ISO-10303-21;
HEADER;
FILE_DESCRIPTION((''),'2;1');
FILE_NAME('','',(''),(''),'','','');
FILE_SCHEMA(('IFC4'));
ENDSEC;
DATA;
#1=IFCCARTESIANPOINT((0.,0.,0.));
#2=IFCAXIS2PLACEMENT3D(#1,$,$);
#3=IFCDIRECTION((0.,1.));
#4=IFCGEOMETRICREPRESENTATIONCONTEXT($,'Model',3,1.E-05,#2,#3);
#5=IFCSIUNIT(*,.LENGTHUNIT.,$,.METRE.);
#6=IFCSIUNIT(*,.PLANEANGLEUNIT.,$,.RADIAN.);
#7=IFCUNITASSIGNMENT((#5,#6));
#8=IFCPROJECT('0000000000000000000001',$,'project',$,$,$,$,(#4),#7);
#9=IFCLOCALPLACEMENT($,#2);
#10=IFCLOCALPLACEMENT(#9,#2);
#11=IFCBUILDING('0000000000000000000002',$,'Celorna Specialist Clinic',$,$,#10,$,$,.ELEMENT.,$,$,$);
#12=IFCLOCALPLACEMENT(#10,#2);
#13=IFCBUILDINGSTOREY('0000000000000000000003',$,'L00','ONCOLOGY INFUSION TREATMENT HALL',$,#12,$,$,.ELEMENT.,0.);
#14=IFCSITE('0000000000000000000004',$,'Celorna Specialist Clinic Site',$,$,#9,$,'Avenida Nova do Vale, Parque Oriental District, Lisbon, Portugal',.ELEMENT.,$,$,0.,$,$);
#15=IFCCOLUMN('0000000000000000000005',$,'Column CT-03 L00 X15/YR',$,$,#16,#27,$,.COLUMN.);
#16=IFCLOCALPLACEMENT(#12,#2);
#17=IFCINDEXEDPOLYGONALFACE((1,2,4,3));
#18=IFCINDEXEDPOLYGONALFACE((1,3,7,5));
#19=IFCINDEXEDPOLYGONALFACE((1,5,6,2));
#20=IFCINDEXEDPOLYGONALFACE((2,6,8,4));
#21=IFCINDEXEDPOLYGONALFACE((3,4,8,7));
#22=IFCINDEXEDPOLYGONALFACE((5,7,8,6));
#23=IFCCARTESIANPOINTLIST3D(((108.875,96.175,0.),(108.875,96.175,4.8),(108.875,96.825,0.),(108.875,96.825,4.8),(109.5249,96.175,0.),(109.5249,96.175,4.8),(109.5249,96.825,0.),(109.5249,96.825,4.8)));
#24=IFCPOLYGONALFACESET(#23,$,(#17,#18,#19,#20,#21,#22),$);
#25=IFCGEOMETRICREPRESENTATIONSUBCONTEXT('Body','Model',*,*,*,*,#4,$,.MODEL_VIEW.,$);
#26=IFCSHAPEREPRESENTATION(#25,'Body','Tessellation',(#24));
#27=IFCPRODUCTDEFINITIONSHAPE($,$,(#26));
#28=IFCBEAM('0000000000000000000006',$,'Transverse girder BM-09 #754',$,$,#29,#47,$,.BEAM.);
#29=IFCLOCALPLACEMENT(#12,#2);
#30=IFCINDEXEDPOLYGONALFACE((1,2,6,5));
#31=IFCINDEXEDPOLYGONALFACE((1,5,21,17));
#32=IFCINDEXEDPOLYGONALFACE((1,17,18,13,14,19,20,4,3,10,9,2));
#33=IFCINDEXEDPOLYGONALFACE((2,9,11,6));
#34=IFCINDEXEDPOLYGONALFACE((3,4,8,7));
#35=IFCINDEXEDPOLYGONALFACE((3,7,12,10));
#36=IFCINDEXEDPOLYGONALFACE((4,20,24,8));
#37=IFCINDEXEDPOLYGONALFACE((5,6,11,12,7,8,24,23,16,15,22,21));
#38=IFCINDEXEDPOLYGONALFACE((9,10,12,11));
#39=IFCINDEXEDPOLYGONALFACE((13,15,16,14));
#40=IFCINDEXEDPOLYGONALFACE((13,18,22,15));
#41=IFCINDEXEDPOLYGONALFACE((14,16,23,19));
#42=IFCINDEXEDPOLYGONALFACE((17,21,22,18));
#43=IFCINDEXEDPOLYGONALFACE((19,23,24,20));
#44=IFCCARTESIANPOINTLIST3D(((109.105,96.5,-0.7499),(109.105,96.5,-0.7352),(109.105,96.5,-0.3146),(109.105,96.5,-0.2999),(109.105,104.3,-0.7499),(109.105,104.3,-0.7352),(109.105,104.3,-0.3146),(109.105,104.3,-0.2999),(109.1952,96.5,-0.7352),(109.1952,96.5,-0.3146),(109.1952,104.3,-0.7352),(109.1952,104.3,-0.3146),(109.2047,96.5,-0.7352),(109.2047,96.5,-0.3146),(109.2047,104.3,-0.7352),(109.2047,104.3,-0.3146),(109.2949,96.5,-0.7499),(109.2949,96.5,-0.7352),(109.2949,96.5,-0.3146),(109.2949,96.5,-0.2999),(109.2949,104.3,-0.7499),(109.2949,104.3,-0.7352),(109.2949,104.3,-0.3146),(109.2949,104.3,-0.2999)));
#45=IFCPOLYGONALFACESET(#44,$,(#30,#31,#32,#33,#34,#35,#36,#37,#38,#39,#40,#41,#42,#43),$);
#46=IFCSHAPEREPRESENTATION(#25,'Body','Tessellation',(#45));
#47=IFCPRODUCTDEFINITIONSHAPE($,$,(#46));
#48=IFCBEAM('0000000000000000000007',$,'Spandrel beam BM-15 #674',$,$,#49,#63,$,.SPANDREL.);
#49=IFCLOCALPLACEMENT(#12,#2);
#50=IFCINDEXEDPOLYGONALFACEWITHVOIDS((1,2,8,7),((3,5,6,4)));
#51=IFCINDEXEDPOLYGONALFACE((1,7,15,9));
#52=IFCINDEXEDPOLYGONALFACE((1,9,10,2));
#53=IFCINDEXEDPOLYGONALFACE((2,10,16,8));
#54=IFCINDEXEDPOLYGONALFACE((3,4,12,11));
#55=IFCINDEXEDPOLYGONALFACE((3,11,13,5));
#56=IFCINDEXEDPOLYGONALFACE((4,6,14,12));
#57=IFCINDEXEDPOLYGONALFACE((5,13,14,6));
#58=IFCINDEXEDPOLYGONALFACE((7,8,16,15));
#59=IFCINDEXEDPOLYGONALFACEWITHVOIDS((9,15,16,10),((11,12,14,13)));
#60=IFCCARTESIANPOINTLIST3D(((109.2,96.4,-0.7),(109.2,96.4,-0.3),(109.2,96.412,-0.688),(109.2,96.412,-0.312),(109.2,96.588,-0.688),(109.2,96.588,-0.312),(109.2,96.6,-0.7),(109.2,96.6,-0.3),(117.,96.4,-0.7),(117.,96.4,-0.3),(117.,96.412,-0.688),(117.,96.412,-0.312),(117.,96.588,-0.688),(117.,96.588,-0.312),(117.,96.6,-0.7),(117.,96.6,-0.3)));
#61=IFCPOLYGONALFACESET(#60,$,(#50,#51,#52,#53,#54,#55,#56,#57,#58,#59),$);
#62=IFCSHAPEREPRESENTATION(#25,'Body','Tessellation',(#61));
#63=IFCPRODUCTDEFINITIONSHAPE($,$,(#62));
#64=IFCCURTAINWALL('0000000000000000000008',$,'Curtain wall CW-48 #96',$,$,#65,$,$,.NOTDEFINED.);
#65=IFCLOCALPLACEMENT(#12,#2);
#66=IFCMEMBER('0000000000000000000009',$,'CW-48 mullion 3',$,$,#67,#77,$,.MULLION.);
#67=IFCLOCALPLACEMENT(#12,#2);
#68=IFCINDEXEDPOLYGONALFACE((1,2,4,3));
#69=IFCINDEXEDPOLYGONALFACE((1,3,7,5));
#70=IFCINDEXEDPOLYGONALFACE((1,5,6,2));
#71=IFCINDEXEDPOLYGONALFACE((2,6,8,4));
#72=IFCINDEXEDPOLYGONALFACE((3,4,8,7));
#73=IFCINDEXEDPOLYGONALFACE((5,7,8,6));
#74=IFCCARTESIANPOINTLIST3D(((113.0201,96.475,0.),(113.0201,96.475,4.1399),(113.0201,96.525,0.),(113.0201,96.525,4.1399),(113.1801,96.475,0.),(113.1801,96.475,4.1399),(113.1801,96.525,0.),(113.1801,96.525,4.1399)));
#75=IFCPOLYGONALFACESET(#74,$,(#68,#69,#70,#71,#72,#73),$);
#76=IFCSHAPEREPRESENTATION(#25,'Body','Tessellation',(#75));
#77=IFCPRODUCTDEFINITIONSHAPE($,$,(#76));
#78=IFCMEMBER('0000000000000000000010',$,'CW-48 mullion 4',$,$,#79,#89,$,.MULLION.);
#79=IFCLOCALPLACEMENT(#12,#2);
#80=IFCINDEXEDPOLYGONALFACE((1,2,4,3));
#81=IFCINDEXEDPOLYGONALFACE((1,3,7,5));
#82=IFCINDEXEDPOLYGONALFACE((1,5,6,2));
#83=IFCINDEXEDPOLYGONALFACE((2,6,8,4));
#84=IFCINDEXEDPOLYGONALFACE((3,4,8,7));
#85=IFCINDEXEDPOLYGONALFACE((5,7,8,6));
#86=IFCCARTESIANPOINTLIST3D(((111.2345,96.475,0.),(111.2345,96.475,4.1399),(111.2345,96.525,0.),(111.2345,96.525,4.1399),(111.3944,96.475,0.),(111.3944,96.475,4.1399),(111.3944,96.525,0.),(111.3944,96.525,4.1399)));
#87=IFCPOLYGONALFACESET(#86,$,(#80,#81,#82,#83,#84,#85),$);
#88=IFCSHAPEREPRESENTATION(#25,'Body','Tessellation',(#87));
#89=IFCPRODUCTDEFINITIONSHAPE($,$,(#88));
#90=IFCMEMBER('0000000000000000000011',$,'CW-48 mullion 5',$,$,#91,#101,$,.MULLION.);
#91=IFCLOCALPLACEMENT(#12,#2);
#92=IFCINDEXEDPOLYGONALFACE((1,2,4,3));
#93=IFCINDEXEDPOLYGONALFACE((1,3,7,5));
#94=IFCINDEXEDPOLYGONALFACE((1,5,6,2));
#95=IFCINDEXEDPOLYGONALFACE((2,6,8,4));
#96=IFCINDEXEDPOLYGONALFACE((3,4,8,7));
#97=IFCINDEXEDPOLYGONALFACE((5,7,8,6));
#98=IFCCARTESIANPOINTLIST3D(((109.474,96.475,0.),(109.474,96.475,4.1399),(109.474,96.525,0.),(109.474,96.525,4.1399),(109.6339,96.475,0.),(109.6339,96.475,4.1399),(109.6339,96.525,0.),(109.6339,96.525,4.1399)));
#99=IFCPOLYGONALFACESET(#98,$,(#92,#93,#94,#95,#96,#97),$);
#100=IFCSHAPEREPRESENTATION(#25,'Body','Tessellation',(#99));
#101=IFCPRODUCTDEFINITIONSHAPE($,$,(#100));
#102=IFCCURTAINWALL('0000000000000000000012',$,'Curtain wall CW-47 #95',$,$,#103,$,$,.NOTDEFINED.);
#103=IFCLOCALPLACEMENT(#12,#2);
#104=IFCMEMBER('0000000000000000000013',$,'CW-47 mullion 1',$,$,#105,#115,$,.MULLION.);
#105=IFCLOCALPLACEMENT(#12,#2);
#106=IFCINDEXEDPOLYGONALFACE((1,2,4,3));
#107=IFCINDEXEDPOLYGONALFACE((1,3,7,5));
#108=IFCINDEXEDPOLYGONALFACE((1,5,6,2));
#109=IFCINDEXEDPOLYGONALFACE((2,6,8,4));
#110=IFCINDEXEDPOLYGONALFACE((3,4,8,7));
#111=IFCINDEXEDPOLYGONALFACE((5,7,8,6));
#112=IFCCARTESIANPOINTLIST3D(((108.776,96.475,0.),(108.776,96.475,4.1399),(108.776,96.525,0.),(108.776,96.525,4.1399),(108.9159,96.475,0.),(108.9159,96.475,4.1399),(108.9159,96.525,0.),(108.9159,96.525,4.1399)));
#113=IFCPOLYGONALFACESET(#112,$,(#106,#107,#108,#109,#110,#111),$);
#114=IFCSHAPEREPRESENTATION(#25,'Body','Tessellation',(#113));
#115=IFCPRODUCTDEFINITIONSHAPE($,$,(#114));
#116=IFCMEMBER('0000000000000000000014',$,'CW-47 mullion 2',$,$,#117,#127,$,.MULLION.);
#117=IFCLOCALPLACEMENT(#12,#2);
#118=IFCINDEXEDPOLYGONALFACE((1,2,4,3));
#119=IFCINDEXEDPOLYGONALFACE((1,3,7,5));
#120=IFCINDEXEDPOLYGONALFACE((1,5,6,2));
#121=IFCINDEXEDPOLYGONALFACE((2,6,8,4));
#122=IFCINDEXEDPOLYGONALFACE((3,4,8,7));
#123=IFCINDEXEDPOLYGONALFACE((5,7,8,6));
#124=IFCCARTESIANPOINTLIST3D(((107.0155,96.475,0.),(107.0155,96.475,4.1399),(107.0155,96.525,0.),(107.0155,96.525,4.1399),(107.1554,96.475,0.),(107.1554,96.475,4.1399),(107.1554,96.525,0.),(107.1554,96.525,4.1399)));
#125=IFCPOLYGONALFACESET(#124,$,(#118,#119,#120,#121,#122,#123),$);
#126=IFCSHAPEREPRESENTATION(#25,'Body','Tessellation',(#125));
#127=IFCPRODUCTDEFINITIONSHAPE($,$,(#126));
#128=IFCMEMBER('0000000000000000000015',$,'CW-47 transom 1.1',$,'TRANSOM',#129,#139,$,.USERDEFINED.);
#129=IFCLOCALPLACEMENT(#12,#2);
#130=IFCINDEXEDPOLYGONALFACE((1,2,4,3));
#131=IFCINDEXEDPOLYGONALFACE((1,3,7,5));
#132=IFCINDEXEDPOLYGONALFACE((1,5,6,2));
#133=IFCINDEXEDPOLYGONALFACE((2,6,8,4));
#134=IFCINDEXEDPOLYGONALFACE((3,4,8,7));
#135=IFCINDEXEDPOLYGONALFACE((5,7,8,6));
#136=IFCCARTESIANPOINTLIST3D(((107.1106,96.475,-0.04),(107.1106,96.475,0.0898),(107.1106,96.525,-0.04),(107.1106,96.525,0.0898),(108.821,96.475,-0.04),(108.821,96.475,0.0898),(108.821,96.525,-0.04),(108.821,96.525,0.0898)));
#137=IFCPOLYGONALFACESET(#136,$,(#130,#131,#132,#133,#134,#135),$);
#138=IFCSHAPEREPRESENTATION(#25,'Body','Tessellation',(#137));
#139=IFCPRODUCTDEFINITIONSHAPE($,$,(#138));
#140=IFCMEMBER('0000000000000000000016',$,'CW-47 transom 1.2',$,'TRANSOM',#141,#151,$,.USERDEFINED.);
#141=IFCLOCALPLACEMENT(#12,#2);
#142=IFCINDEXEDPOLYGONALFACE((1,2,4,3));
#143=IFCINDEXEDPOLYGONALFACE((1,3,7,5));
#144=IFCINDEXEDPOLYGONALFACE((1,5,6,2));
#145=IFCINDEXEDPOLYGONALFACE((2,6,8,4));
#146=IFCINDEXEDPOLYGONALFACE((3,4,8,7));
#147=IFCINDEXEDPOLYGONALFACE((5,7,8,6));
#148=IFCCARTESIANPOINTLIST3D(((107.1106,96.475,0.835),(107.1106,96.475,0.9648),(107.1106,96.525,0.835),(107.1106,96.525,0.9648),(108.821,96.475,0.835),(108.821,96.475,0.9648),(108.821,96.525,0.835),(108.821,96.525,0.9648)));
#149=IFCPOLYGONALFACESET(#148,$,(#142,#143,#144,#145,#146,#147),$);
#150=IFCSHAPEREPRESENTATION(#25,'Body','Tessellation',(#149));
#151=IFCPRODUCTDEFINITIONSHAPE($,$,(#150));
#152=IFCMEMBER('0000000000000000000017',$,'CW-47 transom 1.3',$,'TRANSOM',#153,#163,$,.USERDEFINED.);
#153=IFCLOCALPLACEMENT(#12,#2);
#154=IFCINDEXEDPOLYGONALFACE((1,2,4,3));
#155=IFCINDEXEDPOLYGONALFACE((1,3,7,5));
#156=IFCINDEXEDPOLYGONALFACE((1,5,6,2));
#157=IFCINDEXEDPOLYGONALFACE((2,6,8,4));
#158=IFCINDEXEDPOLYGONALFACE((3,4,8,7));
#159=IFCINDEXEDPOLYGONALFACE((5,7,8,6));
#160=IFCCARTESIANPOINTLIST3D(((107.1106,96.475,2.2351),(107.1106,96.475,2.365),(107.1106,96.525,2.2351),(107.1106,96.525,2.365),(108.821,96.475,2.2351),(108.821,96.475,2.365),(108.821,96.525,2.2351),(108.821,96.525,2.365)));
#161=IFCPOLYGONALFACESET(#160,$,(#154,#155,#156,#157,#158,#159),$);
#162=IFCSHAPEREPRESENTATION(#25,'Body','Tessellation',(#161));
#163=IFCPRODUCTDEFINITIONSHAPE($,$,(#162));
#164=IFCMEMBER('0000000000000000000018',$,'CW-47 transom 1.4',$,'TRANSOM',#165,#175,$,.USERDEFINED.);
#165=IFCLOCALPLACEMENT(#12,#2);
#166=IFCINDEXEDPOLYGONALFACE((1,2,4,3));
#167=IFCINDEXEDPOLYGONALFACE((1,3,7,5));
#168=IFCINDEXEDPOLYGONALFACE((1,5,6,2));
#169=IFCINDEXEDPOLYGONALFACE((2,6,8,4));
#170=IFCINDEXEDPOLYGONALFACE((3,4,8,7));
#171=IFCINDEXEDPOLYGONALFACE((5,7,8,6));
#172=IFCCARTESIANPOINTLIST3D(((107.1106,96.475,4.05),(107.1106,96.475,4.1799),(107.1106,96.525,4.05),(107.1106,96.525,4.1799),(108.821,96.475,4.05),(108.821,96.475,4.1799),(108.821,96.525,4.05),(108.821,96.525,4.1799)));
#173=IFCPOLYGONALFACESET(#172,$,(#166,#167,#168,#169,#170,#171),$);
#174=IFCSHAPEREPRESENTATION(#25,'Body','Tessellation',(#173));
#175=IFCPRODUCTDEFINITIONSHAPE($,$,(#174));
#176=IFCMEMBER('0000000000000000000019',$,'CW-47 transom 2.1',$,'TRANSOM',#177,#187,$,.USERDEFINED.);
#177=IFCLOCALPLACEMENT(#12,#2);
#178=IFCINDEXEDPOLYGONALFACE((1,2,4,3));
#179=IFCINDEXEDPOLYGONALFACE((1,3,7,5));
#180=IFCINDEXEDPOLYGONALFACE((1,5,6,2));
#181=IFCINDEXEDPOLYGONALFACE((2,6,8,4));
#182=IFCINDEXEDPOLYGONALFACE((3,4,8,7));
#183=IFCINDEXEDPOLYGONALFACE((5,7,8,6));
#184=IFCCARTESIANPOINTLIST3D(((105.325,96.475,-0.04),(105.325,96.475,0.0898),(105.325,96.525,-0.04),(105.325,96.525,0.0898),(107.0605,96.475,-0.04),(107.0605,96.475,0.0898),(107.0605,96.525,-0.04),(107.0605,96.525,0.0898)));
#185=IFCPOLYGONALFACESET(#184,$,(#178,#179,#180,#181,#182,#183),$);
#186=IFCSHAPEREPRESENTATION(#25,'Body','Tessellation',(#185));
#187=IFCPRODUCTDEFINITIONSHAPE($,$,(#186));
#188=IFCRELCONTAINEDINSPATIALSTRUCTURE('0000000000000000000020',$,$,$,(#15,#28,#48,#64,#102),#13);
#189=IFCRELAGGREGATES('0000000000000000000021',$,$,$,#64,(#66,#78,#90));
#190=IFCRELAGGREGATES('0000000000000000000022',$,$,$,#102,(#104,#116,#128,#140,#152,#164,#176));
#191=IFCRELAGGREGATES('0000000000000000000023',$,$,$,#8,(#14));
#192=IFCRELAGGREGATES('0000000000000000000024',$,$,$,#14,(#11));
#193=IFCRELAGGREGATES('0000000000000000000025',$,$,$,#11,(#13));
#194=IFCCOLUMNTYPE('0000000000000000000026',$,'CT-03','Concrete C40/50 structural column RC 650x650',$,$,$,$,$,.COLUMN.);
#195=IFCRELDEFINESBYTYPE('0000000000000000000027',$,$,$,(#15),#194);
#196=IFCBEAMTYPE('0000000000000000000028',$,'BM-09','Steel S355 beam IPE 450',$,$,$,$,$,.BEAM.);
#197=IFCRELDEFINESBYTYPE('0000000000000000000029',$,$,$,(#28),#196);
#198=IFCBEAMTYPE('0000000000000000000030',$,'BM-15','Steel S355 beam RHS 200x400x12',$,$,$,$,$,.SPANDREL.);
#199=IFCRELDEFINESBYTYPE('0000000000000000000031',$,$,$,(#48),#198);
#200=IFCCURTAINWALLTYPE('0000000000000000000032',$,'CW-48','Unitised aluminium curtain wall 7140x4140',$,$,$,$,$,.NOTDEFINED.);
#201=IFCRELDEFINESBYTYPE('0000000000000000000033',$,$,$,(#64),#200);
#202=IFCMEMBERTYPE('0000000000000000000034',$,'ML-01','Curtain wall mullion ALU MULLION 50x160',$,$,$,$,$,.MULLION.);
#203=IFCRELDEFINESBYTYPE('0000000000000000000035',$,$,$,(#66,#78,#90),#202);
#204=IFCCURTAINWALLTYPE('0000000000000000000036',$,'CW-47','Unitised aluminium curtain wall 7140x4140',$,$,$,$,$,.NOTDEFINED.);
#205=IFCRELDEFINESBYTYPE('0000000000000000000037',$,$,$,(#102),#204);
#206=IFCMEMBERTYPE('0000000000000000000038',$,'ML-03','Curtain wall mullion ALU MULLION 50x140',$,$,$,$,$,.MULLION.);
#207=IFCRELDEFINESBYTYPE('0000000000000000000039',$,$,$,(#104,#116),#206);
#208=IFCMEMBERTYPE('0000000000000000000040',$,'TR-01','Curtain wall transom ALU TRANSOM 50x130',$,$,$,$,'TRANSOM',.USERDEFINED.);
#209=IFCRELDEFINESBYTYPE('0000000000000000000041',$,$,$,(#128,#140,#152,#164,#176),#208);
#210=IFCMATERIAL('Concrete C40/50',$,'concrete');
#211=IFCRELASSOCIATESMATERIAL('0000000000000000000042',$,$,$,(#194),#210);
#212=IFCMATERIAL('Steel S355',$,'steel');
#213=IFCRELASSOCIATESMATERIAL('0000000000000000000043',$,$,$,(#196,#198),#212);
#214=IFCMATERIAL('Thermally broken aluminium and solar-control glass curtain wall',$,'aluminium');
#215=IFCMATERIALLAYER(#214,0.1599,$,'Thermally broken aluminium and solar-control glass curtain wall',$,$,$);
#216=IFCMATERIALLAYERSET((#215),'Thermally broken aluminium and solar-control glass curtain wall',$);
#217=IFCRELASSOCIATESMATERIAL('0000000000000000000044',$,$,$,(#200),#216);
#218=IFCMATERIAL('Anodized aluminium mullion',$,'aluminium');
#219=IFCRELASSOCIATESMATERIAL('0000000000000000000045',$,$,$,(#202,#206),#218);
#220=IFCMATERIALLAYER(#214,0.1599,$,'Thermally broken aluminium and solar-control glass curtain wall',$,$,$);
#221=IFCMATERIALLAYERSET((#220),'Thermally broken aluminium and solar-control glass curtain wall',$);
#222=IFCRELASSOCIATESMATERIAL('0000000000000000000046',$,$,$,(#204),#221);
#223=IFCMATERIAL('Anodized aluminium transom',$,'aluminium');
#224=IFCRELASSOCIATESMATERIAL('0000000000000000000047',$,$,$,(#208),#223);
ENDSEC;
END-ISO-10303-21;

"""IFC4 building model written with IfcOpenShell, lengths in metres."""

from ifc_helpers import new_model, si_unit, direction, frame, origin, origin_2d, place, context, subcontext, project, spatial, rectangle, hollow_rectangle, i_section, extrude, material, layer, layer_set, material_profile, profile_set, type_object, element, aggregate, save


model = new_model("IFC4")

# Units and contexts
model_context = context("Model", 3, precision=1e-05, world=origin(), true_north=direction((0.0, 1.0)))
body_context = subcontext(model_context, "Body", "Model", "MODEL_VIEW")
ifc_project = project(units=[si_unit("LENGTHUNIT", "METRE"), si_unit("PLANEANGLEUNIT", "RADIAN")], contexts=[model_context])

# Site, building, storey
site_placement = place(None, origin())
site = spatial("IfcSite", under=ifc_project, at=site_placement, Name="Celorna Specialist Clinic Site", LongName="Avenida Nova do Vale, Parque Oriental District, Lisbon, Portugal", CompositionType="ELEMENT", RefElevation=0.0)
building_placement = place(site_placement, origin())
building = spatial("IfcBuilding", under=site, at=building_placement, Name="Celorna Specialist Clinic", CompositionType="ELEMENT")
storey_placement = place(building_placement, origin())
storey = spatial("IfcBuildingStorey", under=building, at=storey_placement, Name="L00", Description="ONCOLOGY INFUSION TREATMENT HALL", CompositionType="ELEMENT", Elevation=0.0)

# Column
ifc_material_1 = material(Name="Concrete C40/50", Category="concrete")
ifc_material_profile_1 = material_profile(ifc_material_1, rectangle(XDim=0.6499, YDim=0.6499, at=origin_2d()), Name="RC 650x650")
ifc_profile_set_1 = profile_set([ifc_material_profile_1], Name="Concrete C40/50")
column_type = type_object("IfcColumnType", Name="CT-03", Description="Concrete C40/50 structural column RC 650x650", PredefinedType="COLUMN", material=ifc_profile_set_1)
column_placement = place(storey_placement, frame((109.2, 96.5, 0.0), z_axis=(0.0, 0.0, 1.0), x_axis=(1.0, 0.0, 0.0)))
element("IfcColumn", 1, at=column_placement, inside=storey, type_object=column_type, Name="Column CT-03 L00 X15/YR", PredefinedType="COLUMN", context=body_context, shape_type="SweptSolid", body=[
    extrude(rectangle(XDim=0.6499, YDim=0.6499, at=origin_2d()), origin(), (0.0, 0.0, 1.0), 4.8),
])

# Beams
ifc_material_2 = material(Name="Steel S355", Category="steel")
ifc_material_profile_2 = material_profile(ifc_material_2, i_section(OverallWidth=0.1899, OverallDepth=0.45, WebThickness=0.0095, FlangeThickness=0.0146, at=origin_2d()), Name="IPE 450")
ifc_profile_set_2 = profile_set([ifc_material_profile_2], Name="Steel S355")
beam_type_1 = type_object("IfcBeamType", Name="BM-09", Description="Steel S355 beam IPE 450", PredefinedType="BEAM", material=ifc_profile_set_2)
beam_1_placement = place(storey_placement, frame((109.2, 96.5, -0.5249), z_axis=(0.0, 1.0, 0.0), x_axis=(-1.0, 0.0, 0.0)))
element("IfcBeam", 2, at=beam_1_placement, inside=storey, type_object=beam_type_1, Name="Transverse girder BM-09 #754", PredefinedType="BEAM", context=body_context, shape_type="SweptSolid", body=[
    extrude(i_section(OverallWidth=0.1899, OverallDepth=0.45, WebThickness=0.0095, FlangeThickness=0.0146, at=origin_2d()), origin(), (0.0, 0.0, 1.0), 7.8),
])
ifc_material_profile_3 = material_profile(ifc_material_2, hollow_rectangle(XDim=0.2, YDim=0.3999, WallThickness=0.012, at=origin_2d()), Name="RHS 200x400x12")
ifc_profile_set_3 = profile_set([ifc_material_profile_3], Name="Steel S355")
beam_type_2 = type_object("IfcBeamType", Name="BM-15", Description="Steel S355 beam RHS 200x400x12", PredefinedType="SPANDREL", material=ifc_profile_set_3)
beam_2_placement = place(storey_placement, frame((109.2, 96.5, -0.5), z_axis=(1.0, 0.0, 0.0), x_axis=(0.0, 1.0, 0.0)))
element("IfcBeam", 3, at=beam_2_placement, inside=storey, type_object=beam_type_2, Name="Spandrel beam BM-15 #674", PredefinedType="SPANDREL", context=body_context, shape_type="SweptSolid", body=[
    extrude(hollow_rectangle(XDim=0.2, YDim=0.3999, WallThickness=0.012, at=origin_2d()), origin(), (0.0, 0.0, 1.0), 7.8),
])

# Curtain walls, members
ifc_material_3 = material(Name="Thermally broken aluminium and solar-control glass curtain wall", Category="aluminium")
ifc_layer_1 = layer(ifc_material_3, 0.1599, Name="Thermally broken aluminium and solar-control glass curtain wall")
ifc_layer_set_1 = layer_set([ifc_layer_1], Name="Thermally broken aluminium and solar-control glass curtain wall")
curtain_wall_type_1 = type_object("IfcCurtainWallType", Name="CW-48", Description="Unitised aluminium curtain wall 7140x4140", PredefinedType="NOTDEFINED", material=ifc_layer_set_1)
curtain_wall_1_placement = place(storey_placement, origin())
curtain_wall_1 = element("IfcCurtainWall", 4, at=curtain_wall_1_placement, inside=storey, type_object=curtain_wall_type_1, Name="Curtain wall CW-48 #96", PredefinedType="NOTDEFINED")
ifc_material_4 = material(Name="Anodized aluminium mullion", Category="aluminium")
ifc_material_profile_4 = material_profile(ifc_material_4, rectangle(XDim=0.05, YDim=0.1599, at=origin_2d()), Name="ALU MULLION 50x160")
ifc_profile_set_4 = profile_set([ifc_material_profile_4], Name="Anodized aluminium mullion")
member_type_1 = type_object("IfcMemberType", Name="ML-01", Description="Curtain wall mullion ALU MULLION 50x160", PredefinedType="MULLION", material=ifc_profile_set_4)
member_1_placement = place(storey_placement, frame((113.1001, 96.5, 0.0), z_axis=(0.0, 0.0, 1.0), x_axis=(0.0, -1.0, 0.0)))
member_1 = element("IfcMember", 5, at=member_1_placement, type_object=member_type_1, Name="CW-48 mullion 3", PredefinedType="MULLION", context=body_context, shape_type="SweptSolid", body=[
    extrude(rectangle(XDim=0.05, YDim=0.1599, at=origin_2d()), origin(), (0.0, 0.0, 1.0), 4.1399),
])
member_2_placement = place(storey_placement, frame((111.3145, 96.5, 0.0), z_axis=(0.0, 0.0, 1.0), x_axis=(0.0, -1.0, 0.0)))
member_2 = element("IfcMember", 6, at=member_2_placement, type_object=member_type_1, Name="CW-48 mullion 4", PredefinedType="MULLION", context=body_context, shape_type="SweptSolid", body=[
    extrude(rectangle(XDim=0.05, YDim=0.1599, at=origin_2d()), origin(), (0.0, 0.0, 1.0), 4.1399),
])
member_3_placement = place(storey_placement, frame((109.554, 96.5, 0.0), z_axis=(0.0, 0.0, 1.0), x_axis=(0.0, -1.0, 0.0)))
member_3 = element("IfcMember", 7, at=member_3_placement, type_object=member_type_1, Name="CW-48 mullion 5", PredefinedType="MULLION", context=body_context, shape_type="SweptSolid", body=[
    extrude(rectangle(XDim=0.05, YDim=0.1599, at=origin_2d()), origin(), (0.0, 0.0, 1.0), 4.1399),
])
ifc_layer_2 = layer(ifc_material_3, 0.1599, Name="Thermally broken aluminium and solar-control glass curtain wall")
ifc_layer_set_2 = layer_set([ifc_layer_2], Name="Thermally broken aluminium and solar-control glass curtain wall")
curtain_wall_type_2 = type_object("IfcCurtainWallType", Name="CW-47", Description="Unitised aluminium curtain wall 7140x4140", PredefinedType="NOTDEFINED", material=ifc_layer_set_2)
curtain_wall_2_placement = place(storey_placement, origin())
curtain_wall_2 = element("IfcCurtainWall", 8, at=curtain_wall_2_placement, inside=storey, type_object=curtain_wall_type_2, Name="Curtain wall CW-47 #95", PredefinedType="NOTDEFINED")
ifc_material_profile_5 = material_profile(ifc_material_4, rectangle(XDim=0.05, YDim=0.1399, at=origin_2d()), Name="ALU MULLION 50x140")
ifc_profile_set_5 = profile_set([ifc_material_profile_5], Name="Anodized aluminium mullion")
member_type_2 = type_object("IfcMemberType", Name="ML-03", Description="Curtain wall mullion ALU MULLION 50x140", PredefinedType="MULLION", material=ifc_profile_set_5)
member_4_placement = place(storey_placement, frame((108.8459, 96.5, 0.0), z_axis=(0.0, 0.0, 1.0), x_axis=(0.0, -1.0, 0.0)))
member_4 = element("IfcMember", 9, at=member_4_placement, type_object=member_type_2, Name="CW-47 mullion 1", PredefinedType="MULLION", context=body_context, shape_type="SweptSolid", body=[
    extrude(rectangle(XDim=0.05, YDim=0.1399, at=origin_2d()), origin(), (0.0, 0.0, 1.0), 4.1399),
])
member_5_placement = place(storey_placement, frame((107.0854, 96.5, 0.0), z_axis=(0.0, 0.0, 1.0), x_axis=(0.0, -1.0, 0.0)))
member_5 = element("IfcMember", 10, at=member_5_placement, type_object=member_type_2, Name="CW-47 mullion 2", PredefinedType="MULLION", context=body_context, shape_type="SweptSolid", body=[
    extrude(rectangle(XDim=0.05, YDim=0.1399, at=origin_2d()), origin(), (0.0, 0.0, 1.0), 4.1399),
])
ifc_material_5 = material(Name="Anodized aluminium transom", Category="aluminium")
ifc_material_profile_6 = material_profile(ifc_material_5, rectangle(XDim=0.05, YDim=0.1299, at=origin_2d()), Name="ALU TRANSOM 50x130")
ifc_profile_set_6 = profile_set([ifc_material_profile_6], Name="Anodized aluminium transom")
member_type_3 = type_object("IfcMemberType", Name="TR-01", Description="Curtain wall transom ALU TRANSOM 50x130", ElementType="TRANSOM", PredefinedType="USERDEFINED", material=ifc_profile_set_6)
member_6_placement = place(storey_placement, frame((108.821, 96.5, 0.0249), z_axis=(-1.0, 0.0, 0.0), x_axis=(0.0, -1.0, 0.0)))
member_6 = element("IfcMember", 11, at=member_6_placement, type_object=member_type_3, Name="CW-47 transom 1.1", ObjectType="TRANSOM", PredefinedType="USERDEFINED", context=body_context, shape_type="SweptSolid", body=[
    extrude(rectangle(XDim=0.05, YDim=0.1299, at=origin_2d()), origin(), (0.0, 0.0, 1.0), 1.7104),
])
member_7_placement = place(storey_placement, frame((108.821, 96.5, 0.8999), z_axis=(-1.0, 0.0, 0.0), x_axis=(0.0, -1.0, 0.0)))
member_7 = element("IfcMember", 12, at=member_7_placement, type_object=member_type_3, Name="CW-47 transom 1.2", ObjectType="TRANSOM", PredefinedType="USERDEFINED", context=body_context, shape_type="SweptSolid", body=[
    extrude(rectangle(XDim=0.05, YDim=0.1299, at=origin_2d()), origin(), (0.0, 0.0, 1.0), 1.7104),
])
member_8_placement = place(storey_placement, frame((108.821, 96.5, 2.3), z_axis=(-1.0, 0.0, 0.0), x_axis=(0.0, -1.0, 0.0)))
member_8 = element("IfcMember", 13, at=member_8_placement, type_object=member_type_3, Name="CW-47 transom 1.3", ObjectType="TRANSOM", PredefinedType="USERDEFINED", context=body_context, shape_type="SweptSolid", body=[
    extrude(rectangle(XDim=0.05, YDim=0.1299, at=origin_2d()), origin(), (0.0, 0.0, 1.0), 1.7104),
])
member_9_placement = place(storey_placement, frame((108.821, 96.5, 4.115), z_axis=(-1.0, 0.0, 0.0), x_axis=(0.0, -1.0, 0.0)))
member_9 = element("IfcMember", 14, at=member_9_placement, type_object=member_type_3, Name="CW-47 transom 1.4", ObjectType="TRANSOM", PredefinedType="USERDEFINED", context=body_context, shape_type="SweptSolid", body=[
    extrude(rectangle(XDim=0.05, YDim=0.1299, at=origin_2d()), origin(), (0.0, 0.0, 1.0), 1.7104),
])
member_10_placement = place(storey_placement, frame((107.0605, 96.5, 0.0249), z_axis=(-1.0, 0.0, 0.0), x_axis=(0.0, -1.0, 0.0)))
member_10 = element("IfcMember", 15, at=member_10_placement, type_object=member_type_3, Name="CW-47 transom 2.1", ObjectType="TRANSOM", PredefinedType="USERDEFINED", context=body_context, shape_type="SweptSolid", body=[
    extrude(rectangle(XDim=0.05, YDim=0.1299, at=origin_2d()), origin(), (0.0, 0.0, 1.0), 1.7356),
])

aggregate(curtain_wall_1, [member_1, member_2, member_3])
aggregate(curtain_wall_2, [member_4, member_5, member_6, member_7, member_8, member_9, member_10])

save(model, "model.ifc")
